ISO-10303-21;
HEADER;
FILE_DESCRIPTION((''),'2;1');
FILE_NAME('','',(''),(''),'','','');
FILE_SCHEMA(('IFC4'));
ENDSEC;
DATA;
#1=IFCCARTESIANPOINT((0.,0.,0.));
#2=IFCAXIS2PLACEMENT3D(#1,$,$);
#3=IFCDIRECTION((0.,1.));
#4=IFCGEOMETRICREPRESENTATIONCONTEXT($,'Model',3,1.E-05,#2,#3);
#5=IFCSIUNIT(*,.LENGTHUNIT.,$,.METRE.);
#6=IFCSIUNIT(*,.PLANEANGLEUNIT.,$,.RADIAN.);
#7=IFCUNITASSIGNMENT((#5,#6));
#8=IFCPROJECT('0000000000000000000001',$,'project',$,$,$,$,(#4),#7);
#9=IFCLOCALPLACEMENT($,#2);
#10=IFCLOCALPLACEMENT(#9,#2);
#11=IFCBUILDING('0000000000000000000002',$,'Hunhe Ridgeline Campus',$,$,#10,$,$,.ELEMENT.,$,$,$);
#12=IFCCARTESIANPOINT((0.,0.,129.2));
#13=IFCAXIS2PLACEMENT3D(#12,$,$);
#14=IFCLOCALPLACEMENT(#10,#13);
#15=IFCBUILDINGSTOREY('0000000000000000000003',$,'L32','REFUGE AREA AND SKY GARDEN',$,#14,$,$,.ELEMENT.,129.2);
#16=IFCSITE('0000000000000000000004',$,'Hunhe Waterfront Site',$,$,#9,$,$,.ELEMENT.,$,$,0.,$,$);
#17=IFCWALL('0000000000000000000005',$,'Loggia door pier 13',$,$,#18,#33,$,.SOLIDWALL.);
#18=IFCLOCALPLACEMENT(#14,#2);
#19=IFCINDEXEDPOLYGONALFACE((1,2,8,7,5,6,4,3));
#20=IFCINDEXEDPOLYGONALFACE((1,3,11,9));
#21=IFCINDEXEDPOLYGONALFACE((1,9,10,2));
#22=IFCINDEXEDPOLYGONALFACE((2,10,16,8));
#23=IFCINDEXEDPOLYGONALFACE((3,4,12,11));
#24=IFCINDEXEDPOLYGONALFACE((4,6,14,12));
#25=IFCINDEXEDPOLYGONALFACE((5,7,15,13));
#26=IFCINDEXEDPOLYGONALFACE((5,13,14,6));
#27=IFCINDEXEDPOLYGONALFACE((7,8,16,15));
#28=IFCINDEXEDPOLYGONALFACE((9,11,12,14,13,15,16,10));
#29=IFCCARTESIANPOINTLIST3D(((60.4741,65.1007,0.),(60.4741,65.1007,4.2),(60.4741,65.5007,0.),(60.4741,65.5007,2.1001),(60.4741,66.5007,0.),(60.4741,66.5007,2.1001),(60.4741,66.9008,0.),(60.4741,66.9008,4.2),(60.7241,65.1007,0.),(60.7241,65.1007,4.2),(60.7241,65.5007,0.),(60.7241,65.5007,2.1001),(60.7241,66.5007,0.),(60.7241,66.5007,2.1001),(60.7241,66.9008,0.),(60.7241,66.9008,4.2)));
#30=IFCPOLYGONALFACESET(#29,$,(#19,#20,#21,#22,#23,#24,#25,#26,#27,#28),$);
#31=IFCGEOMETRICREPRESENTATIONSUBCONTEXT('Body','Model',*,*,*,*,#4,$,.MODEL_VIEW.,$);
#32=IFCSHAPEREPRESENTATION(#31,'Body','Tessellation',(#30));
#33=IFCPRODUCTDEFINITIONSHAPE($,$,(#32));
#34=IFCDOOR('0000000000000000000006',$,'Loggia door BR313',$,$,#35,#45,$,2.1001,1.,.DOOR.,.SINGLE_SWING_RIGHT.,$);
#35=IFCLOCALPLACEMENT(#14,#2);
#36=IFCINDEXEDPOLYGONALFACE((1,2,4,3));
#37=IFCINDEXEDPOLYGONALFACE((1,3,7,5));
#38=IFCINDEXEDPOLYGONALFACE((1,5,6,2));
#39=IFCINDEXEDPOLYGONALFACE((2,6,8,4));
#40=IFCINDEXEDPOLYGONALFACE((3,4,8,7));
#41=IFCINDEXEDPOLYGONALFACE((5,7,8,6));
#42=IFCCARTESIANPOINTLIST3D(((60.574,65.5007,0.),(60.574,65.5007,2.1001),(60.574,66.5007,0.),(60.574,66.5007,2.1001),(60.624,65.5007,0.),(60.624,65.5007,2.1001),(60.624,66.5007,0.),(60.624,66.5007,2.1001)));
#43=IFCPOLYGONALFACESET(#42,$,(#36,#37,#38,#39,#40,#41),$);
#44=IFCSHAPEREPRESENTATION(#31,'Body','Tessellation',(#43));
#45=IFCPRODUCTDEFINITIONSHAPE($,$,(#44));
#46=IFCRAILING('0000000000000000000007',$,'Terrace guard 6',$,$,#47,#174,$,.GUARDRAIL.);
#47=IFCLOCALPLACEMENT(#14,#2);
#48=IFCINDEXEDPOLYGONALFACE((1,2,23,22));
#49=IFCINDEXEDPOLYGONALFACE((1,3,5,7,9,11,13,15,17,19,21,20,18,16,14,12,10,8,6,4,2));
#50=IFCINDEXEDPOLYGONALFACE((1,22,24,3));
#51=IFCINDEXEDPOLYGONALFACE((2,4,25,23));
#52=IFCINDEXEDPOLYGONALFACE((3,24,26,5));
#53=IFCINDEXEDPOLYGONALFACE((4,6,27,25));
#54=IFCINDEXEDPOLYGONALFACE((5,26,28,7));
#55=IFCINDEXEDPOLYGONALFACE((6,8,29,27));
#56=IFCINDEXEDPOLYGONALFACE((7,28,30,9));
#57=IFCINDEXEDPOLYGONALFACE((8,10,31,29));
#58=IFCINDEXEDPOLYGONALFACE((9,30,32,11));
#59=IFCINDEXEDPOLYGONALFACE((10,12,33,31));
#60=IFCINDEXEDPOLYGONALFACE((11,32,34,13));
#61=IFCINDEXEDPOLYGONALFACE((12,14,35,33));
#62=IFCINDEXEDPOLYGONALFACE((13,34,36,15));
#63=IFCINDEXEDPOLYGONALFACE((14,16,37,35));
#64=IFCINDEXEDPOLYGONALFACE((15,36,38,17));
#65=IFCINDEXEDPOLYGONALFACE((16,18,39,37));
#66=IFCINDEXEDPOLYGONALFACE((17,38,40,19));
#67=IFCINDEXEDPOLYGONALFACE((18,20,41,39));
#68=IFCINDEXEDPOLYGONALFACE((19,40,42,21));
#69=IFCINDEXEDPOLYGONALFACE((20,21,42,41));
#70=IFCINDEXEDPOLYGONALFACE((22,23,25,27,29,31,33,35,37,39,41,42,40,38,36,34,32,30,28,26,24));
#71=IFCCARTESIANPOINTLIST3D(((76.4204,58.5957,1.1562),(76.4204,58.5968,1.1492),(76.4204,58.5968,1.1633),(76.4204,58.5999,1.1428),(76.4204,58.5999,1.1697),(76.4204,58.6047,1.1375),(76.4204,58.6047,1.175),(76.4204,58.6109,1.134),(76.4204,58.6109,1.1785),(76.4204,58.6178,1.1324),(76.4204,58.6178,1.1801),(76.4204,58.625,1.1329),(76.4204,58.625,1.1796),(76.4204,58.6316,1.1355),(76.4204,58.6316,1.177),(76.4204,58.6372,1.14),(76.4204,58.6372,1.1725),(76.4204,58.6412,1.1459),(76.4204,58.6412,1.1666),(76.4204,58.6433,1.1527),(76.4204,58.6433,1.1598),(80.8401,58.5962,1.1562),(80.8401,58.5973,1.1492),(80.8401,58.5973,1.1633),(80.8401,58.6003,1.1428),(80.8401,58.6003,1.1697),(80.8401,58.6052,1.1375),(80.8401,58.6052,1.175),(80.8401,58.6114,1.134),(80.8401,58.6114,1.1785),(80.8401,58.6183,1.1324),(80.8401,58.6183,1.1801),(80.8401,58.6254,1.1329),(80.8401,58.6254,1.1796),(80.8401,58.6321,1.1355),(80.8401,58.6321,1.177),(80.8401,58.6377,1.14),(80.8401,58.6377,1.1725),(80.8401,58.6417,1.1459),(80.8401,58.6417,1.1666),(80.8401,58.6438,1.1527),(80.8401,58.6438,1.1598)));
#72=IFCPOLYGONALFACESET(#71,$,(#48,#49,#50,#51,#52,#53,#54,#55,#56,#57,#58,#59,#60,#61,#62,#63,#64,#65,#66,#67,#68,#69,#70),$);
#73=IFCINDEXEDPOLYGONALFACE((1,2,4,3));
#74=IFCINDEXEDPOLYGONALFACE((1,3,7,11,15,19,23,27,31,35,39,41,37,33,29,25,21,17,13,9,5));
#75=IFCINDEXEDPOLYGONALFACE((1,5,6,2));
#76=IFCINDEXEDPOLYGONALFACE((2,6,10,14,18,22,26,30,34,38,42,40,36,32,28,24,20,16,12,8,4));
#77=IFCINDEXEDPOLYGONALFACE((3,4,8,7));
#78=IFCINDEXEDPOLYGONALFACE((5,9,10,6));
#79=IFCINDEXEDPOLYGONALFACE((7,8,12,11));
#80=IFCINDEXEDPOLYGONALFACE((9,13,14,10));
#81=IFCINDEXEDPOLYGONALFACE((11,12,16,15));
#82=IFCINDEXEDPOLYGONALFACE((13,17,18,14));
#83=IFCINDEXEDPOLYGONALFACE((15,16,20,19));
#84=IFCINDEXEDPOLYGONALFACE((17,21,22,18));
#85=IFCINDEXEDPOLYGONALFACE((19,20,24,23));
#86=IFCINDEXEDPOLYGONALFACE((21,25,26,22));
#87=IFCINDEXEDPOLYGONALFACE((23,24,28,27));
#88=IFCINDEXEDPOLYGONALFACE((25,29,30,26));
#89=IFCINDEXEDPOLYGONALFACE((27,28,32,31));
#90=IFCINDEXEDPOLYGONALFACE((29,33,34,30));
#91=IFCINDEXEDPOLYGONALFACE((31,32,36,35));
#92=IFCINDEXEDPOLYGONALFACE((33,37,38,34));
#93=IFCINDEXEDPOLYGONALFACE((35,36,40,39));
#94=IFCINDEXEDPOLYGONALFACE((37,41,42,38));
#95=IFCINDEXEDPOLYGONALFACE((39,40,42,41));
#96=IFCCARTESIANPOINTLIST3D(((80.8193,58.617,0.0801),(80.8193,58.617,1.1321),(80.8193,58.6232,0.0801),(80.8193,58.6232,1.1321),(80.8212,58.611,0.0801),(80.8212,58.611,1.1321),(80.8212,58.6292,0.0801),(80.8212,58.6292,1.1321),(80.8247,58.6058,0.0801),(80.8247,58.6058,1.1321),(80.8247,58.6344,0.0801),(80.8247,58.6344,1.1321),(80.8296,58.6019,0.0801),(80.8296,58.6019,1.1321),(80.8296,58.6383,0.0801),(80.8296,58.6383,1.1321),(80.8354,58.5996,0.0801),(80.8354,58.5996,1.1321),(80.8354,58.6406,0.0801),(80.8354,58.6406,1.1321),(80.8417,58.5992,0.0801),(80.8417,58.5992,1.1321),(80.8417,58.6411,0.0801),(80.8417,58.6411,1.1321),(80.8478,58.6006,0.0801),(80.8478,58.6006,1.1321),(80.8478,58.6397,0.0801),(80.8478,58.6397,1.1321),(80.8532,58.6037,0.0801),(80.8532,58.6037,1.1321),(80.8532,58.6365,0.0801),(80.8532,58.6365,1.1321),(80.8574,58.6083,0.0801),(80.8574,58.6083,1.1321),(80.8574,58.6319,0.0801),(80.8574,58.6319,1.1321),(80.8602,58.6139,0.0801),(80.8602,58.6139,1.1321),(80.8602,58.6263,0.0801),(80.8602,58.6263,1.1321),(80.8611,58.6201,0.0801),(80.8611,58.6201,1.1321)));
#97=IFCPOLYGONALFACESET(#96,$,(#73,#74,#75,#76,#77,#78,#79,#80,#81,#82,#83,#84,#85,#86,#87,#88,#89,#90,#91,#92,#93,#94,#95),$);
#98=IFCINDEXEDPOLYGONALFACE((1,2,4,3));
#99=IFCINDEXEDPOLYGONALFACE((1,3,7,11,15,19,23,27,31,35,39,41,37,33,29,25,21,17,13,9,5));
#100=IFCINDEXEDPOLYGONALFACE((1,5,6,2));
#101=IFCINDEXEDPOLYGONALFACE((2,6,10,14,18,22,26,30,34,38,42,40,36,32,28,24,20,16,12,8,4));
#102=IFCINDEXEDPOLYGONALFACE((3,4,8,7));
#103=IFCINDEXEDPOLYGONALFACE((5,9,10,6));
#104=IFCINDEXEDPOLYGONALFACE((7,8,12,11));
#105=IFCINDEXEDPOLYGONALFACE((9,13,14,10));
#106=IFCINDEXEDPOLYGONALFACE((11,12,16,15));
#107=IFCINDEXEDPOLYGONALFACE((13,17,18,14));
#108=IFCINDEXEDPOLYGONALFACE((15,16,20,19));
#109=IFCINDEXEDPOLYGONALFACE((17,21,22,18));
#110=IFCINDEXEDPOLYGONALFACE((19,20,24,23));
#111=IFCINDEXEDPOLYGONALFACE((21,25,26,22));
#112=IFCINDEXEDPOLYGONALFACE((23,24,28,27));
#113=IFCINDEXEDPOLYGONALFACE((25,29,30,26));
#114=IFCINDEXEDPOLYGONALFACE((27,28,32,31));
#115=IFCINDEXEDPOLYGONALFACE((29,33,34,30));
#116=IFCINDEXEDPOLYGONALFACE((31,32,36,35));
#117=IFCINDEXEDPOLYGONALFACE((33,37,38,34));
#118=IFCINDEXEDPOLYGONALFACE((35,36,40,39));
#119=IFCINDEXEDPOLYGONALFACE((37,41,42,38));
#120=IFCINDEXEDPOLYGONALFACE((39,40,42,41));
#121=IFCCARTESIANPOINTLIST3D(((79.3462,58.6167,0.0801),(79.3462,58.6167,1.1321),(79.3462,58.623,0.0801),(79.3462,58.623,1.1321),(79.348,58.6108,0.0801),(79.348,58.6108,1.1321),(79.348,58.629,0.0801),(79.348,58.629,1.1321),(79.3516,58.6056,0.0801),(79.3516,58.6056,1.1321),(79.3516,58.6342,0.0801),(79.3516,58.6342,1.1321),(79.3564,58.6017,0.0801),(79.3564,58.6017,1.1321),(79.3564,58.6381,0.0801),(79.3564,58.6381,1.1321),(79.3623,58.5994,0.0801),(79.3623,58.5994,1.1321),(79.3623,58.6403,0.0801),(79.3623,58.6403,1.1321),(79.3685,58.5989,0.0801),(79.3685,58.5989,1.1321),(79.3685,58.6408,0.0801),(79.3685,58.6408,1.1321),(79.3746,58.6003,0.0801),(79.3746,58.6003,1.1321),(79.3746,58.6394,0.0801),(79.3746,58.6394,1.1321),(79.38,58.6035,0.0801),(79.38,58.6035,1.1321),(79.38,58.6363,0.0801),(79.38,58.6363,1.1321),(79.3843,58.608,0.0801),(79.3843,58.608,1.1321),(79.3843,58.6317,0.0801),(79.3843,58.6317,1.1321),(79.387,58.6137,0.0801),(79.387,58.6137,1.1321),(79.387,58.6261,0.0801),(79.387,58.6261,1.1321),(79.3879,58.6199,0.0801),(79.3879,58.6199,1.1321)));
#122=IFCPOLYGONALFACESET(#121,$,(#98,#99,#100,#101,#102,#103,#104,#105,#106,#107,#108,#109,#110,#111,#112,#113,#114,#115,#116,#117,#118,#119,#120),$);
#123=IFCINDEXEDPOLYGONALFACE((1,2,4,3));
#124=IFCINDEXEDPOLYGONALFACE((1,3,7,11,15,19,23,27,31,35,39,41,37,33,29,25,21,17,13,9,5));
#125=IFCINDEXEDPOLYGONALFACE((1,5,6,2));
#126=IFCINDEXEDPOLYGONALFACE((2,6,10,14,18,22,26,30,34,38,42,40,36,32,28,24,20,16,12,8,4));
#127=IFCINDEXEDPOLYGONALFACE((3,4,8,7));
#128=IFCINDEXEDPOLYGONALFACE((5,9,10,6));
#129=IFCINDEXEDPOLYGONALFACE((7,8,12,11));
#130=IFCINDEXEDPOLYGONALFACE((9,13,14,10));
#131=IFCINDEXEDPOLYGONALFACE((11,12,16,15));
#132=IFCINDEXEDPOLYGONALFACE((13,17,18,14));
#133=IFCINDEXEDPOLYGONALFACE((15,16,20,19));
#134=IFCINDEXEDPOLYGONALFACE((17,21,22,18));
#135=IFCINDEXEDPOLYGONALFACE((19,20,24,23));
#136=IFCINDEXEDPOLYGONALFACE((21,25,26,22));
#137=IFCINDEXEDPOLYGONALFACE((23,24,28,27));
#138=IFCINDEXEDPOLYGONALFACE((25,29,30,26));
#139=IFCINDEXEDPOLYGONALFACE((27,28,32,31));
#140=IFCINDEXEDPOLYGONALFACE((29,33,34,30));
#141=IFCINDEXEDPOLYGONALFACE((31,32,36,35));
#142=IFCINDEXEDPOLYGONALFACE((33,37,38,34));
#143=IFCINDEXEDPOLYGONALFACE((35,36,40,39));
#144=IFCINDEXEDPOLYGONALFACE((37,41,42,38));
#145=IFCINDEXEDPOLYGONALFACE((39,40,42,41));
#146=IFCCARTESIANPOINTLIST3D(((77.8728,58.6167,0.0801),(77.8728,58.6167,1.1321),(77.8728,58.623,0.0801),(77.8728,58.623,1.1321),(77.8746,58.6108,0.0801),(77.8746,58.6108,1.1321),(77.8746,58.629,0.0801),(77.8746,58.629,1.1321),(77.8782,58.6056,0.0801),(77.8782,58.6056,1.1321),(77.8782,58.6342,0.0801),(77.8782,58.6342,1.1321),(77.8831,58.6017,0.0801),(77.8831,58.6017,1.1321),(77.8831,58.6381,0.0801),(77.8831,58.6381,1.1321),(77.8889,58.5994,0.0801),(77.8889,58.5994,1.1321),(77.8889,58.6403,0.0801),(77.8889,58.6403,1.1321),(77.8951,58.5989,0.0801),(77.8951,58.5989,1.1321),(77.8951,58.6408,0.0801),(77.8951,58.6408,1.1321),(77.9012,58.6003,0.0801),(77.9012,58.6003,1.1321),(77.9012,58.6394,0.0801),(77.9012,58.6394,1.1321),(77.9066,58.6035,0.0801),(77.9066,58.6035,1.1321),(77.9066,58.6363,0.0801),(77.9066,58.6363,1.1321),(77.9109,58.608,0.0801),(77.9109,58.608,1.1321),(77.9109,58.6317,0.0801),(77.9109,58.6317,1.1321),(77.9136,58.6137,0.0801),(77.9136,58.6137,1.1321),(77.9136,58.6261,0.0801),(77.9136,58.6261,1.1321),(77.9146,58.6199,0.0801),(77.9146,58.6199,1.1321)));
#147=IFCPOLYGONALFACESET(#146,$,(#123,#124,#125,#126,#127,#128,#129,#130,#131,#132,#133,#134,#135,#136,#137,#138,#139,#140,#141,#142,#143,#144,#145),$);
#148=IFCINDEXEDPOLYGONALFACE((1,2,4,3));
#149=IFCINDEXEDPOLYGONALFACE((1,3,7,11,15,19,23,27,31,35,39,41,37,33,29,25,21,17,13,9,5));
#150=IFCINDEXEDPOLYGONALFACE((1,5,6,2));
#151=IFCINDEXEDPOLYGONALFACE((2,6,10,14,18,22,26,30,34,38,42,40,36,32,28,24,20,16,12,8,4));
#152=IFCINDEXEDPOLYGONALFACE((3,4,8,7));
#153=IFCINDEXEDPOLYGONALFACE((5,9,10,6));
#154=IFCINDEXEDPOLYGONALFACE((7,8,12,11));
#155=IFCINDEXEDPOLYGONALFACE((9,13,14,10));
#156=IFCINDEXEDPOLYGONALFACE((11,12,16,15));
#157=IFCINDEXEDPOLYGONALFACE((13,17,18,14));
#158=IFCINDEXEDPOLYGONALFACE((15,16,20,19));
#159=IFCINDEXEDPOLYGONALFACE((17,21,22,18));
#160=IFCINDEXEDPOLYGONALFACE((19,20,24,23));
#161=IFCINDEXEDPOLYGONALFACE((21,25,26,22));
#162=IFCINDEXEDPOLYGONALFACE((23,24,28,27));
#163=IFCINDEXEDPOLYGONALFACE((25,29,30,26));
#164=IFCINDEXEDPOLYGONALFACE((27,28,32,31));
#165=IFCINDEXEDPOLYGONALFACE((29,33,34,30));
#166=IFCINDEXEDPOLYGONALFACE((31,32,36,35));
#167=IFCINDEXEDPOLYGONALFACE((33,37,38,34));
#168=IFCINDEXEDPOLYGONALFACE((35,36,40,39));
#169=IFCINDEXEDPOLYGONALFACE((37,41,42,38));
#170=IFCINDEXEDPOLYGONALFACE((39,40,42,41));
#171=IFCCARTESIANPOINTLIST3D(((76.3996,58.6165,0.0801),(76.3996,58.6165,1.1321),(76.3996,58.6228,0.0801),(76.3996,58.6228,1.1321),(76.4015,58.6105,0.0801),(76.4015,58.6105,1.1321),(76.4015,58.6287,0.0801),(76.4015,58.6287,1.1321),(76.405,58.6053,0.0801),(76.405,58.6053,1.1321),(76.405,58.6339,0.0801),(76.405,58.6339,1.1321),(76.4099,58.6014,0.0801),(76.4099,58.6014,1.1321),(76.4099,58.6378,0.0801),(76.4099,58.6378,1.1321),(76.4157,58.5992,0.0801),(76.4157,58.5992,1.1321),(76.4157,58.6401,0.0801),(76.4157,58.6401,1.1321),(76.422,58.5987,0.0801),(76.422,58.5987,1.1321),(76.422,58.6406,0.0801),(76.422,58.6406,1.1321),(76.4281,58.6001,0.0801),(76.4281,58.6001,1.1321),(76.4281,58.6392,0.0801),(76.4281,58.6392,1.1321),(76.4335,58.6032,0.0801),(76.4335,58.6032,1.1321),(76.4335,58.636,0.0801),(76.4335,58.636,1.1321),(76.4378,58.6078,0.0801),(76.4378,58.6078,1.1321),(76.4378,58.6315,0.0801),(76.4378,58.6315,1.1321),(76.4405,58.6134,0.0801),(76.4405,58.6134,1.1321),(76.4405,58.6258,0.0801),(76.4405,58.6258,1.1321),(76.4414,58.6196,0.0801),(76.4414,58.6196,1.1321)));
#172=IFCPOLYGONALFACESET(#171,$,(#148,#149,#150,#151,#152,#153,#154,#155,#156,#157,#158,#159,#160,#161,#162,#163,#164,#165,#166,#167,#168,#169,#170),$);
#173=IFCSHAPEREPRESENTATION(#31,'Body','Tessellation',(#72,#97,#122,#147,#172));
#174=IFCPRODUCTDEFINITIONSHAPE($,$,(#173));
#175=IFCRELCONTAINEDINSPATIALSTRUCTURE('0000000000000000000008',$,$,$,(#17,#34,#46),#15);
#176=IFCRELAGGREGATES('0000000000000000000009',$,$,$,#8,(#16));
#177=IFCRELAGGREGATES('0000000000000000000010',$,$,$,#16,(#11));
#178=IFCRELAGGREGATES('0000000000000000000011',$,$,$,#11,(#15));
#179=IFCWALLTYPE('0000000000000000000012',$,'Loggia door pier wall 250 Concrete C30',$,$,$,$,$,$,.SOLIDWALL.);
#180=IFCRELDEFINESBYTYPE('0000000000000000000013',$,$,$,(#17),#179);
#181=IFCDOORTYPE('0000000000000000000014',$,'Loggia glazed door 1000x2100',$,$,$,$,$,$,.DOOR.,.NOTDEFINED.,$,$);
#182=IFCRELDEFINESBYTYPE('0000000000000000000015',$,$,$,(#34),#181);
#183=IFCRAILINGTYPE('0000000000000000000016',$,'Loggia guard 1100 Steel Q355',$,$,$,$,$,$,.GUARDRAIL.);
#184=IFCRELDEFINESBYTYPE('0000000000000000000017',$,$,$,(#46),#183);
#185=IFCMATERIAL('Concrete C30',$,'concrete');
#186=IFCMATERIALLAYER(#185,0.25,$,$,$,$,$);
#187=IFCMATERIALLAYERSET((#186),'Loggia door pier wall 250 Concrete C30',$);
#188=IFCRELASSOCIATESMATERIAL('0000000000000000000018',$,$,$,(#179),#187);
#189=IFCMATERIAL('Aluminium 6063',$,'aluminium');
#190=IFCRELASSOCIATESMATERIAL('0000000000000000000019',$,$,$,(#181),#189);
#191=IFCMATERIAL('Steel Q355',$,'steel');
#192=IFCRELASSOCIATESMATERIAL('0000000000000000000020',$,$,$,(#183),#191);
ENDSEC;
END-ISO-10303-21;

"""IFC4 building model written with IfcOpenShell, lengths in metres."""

from ifc_helpers import new_model, si_unit, direction, frame, frame_2d, origin, origin_2d, place, context, subcontext, project, spatial, rectangle, circle, extrude, material, layer, layer_set, type_object, element, fill, save


model = new_model("IFC4")

# Units and contexts
model_context = context("Model", 3, precision=1e-05, world=origin(), true_north=direction((0.0, 1.0)))
body_context = subcontext(model_context, "Body", "Model", "MODEL_VIEW")
ifc_project = project(units=[si_unit("LENGTHUNIT", "METRE"), si_unit("PLANEANGLEUNIT", "RADIAN")], contexts=[model_context])

# Site, building, storey
site_placement = place(None, origin())
site = spatial("IfcSite", under=ifc_project, at=site_placement, Name="Hunhe Waterfront Site", CompositionType="ELEMENT", RefElevation=0.0)
building_placement = place(site_placement, origin())
building = spatial("IfcBuilding", under=site, at=building_placement, Name="Hunhe Ridgeline Campus", CompositionType="ELEMENT")
storey_placement = place(building_placement, frame((0.0, 0.0, 129.2)))
storey = spatial("IfcBuildingStorey", under=building, at=storey_placement, Name="L32", Description="REFUGE AREA AND SKY GARDEN", CompositionType="ELEMENT", Elevation=129.2)

# Shared definitions
ifc_material_1 = material(Name="Aluminium 6063", Category="aluminium")

# Shared definitions
ifc_material_2 = material(Name="Concrete C30", Category="concrete")

# Wall, opening, door
ifc_layer_1 = layer(ifc_material_2, 0.25)
ifc_layer_set_1 = layer_set([ifc_layer_1], Name="Loggia door pier wall 250 Concrete C30")
wall_type_1 = type_object("IfcWallType", Name="Loggia door pier wall 250 Concrete C30", PredefinedType="SOLIDWALL", material=ifc_layer_set_1)
wall_1_placement = place(storey_placement, frame((60.5991, 65.1008, 0.0), z_axis=(0.0, 0.0, 1.0), x_axis=(0.0, 1.0, 0.0)))
wall_1 = element("IfcWall", 1, at=wall_1_placement, inside=storey, type_object=wall_type_1, Name="Loggia door pier 13", PredefinedType="SOLIDWALL", context=body_context, shape_type="SweptSolid", body=[
    extrude(rectangle(XDim=1.8, YDim=0.25, at=frame_2d((0.8999, 0.0))), origin(), (0.0, 0.0, 1.0), 4.2),
])
opening_1_placement = place(wall_1_placement, frame((0.3999, 0.0, 0.0)))
opening_1 = element("IfcOpeningElement", 2, at=opening_1_placement, cuts=wall_1, PredefinedType="OPENING", context=body_context, shape_type="SweptSolid", body=[
    extrude(rectangle(XDim=1.0, YDim=2.1001, at=frame_2d((0.5, 1.05))), frame((0.0, 0.125, 0.0), z_axis=(0.0, -1.0, 0.0), x_axis=(1.0, 0.0, 0.0)), (0.0, 0.0, 1.0), 0.25),
])
door_type_1 = type_object("IfcDoorType", Name="Loggia glazed door 1000x2100", OperationType="NOTDEFINED", PredefinedType="DOOR", material=ifc_material_1)
door_1_placement = place(opening_1_placement, frame((1.0, 0.0, 0.0), z_axis=(0.0, 0.0, 1.0), x_axis=(-1.0, 0.0, 0.0)))
door_1 = element("IfcDoor", 3, at=door_1_placement, inside=storey, type_object=door_type_1, Name="Loggia door BR313", OperationType="SINGLE_SWING_RIGHT", OverallHeight=2.1001, OverallWidth=1.0, PredefinedType="DOOR", context=body_context, shape_type="SweptSolid", body=[
    extrude(rectangle(XDim=1.0, YDim=2.1001, at=frame_2d((0.5, 1.05))), frame((0.0, 0.0249, 0.0), z_axis=(0.0, -1.0, 0.0), x_axis=(1.0, 0.0, 0.0)), (0.0, 0.0, 1.0), 0.05),
])
fill(opening_1, door_1)

# Railing
ifc_material_3 = material(Name="Steel Q355", Category="steel")
railing_type = type_object("IfcRailingType", Name="Loggia guard 1100 Steel Q355", PredefinedType="GUARDRAIL", material=ifc_material_3)
railing_1_placement = place(storey_placement, frame((80.8401, 58.6201, 0.0801)))
element("IfcRailing", 4, at=railing_1_placement, inside=storey, type_object=railing_type, Name="Terrace guard 6", PredefinedType="GUARDRAIL", context=body_context, shape_type="SweptSolid", body=[
    extrude(circle(Radius=0.0239, at=origin_2d()), frame((0.0, 0.0, 1.0762), z_axis=(-1.0, -0.00011, 0.0), x_axis=(0.00011, -1.0, 0.0)), (0.0, 0.0, 1.0), 4.4197),
    extrude(circle(Radius=0.021, at=origin_2d()), origin(), (0.0, 0.0, 1.0), 1.052),
    extrude(circle(Radius=0.021, at=origin_2d()), frame((-1.4731, -0.0002, 0.0)), (0.0, 0.0, 1.0), 1.052),
    extrude(circle(Radius=0.021, at=origin_2d()), frame((-2.9465, -0.0002, 0.0)), (0.0, 0.0, 1.0), 1.052),
    extrude(circle(Radius=0.021, at=origin_2d()), frame((-4.4197, -0.0005, 0.0)), (0.0, 0.0, 1.0), 1.052),
])

save(model, "model.ifc")
